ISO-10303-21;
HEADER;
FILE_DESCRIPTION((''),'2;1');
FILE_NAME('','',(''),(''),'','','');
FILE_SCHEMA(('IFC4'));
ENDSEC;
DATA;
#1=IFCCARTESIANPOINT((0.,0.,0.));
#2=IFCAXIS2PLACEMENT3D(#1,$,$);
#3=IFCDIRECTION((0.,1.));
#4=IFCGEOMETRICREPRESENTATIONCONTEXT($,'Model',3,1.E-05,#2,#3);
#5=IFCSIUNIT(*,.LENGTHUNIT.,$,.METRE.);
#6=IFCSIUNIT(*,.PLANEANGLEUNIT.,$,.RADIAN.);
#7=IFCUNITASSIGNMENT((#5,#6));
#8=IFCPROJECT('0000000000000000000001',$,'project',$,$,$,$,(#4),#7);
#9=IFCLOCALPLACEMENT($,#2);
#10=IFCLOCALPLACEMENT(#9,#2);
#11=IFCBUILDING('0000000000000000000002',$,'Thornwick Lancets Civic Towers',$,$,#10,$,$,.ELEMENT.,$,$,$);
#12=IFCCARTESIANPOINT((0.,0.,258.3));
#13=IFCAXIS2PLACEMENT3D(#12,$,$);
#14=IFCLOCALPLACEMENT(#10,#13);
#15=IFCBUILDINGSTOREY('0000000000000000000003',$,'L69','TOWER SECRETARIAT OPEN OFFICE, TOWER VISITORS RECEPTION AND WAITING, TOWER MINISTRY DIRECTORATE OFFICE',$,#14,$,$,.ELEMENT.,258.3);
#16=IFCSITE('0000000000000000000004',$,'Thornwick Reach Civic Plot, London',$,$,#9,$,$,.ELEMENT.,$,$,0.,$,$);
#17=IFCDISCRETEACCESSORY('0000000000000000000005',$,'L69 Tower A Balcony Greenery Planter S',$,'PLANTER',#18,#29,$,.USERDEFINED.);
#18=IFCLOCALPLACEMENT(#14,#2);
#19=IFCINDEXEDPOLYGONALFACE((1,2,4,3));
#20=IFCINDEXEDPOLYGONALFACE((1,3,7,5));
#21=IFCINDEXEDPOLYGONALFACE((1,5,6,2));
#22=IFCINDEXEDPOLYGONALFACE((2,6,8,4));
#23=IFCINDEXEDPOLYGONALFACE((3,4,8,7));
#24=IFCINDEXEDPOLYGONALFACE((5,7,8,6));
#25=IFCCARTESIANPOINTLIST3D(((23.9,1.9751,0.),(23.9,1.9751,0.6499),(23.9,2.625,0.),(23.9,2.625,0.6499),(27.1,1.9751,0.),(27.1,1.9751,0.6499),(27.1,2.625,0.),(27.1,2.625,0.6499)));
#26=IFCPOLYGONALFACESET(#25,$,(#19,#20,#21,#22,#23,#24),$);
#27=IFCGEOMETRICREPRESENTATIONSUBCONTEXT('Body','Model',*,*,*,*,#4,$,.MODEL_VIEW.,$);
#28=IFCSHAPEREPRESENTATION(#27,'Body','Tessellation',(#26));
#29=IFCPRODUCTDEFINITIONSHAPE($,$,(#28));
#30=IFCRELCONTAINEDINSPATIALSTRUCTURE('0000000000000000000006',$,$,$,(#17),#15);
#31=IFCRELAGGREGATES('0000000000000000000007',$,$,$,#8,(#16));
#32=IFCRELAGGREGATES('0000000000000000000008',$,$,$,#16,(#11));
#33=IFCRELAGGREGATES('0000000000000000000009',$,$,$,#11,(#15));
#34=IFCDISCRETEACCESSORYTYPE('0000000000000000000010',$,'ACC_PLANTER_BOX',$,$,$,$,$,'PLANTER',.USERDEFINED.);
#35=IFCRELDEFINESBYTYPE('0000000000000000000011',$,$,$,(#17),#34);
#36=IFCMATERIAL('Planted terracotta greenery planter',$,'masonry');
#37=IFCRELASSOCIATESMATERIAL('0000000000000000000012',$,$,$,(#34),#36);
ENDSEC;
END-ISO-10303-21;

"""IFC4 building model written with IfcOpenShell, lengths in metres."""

from ifc_helpers import new_model, si_unit, direction, frame, origin, origin_2d, place, context, subcontext, project, spatial, rectangle, extrude, material, type_object, element, save


model = new_model("IFC4")

# Units and contexts
model_context = context("Model", 3, precision=1e-05, world=origin(), true_north=direction((0.0, 1.0)))
body_context = subcontext(model_context, "Body", "Model", "MODEL_VIEW")
ifc_project = project(units=[si_unit("LENGTHUNIT", "METRE"), si_unit("PLANEANGLEUNIT", "RADIAN")], contexts=[model_context])

# Site, building, storey
site_placement = place(None, origin())
site = spatial("IfcSite", under=ifc_project, at=site_placement, Name="Thornwick Reach Civic Plot, London", CompositionType="ELEMENT", RefElevation=0.0)
building_placement = place(site_placement, origin())
building = spatial("IfcBuilding", under=site, at=building_placement, Name="Thornwick Lancets Civic Towers", CompositionType="ELEMENT")
storey_placement = place(building_placement, frame((0.0, 0.0, 258.3)))
storey = spatial("IfcBuildingStorey", under=building, at=storey_placement, Name="L69", Description="TOWER SECRETARIAT OPEN OFFICE, TOWER VISITORS RECEPTION AND WAITING, TOWER MINISTRY DIRECTORATE OFFICE", CompositionType="ELEMENT", Elevation=258.3)

# Discrete accessory
ifc_material_1 = material(Name="Planted terracotta greenery planter", Category="masonry")
discrete_accessory_type = type_object("IfcDiscreteAccessoryType", Name="ACC_PLANTER_BOX", ElementType="PLANTER", PredefinedType="USERDEFINED", material=ifc_material_1)
discrete_accessory_placement = place(storey_placement, frame((25.5, 2.3, 0.0), z_axis=(0.0, 0.0, 1.0), x_axis=(1.0, 0.0, 0.0)))
element("IfcDiscreteAccessory", 1, at=discrete_accessory_placement, inside=storey, type_object=discrete_accessory_type, Name="L69 Tower A Balcony Greenery Planter S", ObjectType="PLANTER", PredefinedType="USERDEFINED", context=body_context, shape_type="SweptSolid", body=[
    extrude(rectangle(XDim=3.2, YDim=0.6499, at=origin_2d()), origin(), (0.0, 0.0, 1.0), 0.6499),
])

save(model, "model.ifc")
